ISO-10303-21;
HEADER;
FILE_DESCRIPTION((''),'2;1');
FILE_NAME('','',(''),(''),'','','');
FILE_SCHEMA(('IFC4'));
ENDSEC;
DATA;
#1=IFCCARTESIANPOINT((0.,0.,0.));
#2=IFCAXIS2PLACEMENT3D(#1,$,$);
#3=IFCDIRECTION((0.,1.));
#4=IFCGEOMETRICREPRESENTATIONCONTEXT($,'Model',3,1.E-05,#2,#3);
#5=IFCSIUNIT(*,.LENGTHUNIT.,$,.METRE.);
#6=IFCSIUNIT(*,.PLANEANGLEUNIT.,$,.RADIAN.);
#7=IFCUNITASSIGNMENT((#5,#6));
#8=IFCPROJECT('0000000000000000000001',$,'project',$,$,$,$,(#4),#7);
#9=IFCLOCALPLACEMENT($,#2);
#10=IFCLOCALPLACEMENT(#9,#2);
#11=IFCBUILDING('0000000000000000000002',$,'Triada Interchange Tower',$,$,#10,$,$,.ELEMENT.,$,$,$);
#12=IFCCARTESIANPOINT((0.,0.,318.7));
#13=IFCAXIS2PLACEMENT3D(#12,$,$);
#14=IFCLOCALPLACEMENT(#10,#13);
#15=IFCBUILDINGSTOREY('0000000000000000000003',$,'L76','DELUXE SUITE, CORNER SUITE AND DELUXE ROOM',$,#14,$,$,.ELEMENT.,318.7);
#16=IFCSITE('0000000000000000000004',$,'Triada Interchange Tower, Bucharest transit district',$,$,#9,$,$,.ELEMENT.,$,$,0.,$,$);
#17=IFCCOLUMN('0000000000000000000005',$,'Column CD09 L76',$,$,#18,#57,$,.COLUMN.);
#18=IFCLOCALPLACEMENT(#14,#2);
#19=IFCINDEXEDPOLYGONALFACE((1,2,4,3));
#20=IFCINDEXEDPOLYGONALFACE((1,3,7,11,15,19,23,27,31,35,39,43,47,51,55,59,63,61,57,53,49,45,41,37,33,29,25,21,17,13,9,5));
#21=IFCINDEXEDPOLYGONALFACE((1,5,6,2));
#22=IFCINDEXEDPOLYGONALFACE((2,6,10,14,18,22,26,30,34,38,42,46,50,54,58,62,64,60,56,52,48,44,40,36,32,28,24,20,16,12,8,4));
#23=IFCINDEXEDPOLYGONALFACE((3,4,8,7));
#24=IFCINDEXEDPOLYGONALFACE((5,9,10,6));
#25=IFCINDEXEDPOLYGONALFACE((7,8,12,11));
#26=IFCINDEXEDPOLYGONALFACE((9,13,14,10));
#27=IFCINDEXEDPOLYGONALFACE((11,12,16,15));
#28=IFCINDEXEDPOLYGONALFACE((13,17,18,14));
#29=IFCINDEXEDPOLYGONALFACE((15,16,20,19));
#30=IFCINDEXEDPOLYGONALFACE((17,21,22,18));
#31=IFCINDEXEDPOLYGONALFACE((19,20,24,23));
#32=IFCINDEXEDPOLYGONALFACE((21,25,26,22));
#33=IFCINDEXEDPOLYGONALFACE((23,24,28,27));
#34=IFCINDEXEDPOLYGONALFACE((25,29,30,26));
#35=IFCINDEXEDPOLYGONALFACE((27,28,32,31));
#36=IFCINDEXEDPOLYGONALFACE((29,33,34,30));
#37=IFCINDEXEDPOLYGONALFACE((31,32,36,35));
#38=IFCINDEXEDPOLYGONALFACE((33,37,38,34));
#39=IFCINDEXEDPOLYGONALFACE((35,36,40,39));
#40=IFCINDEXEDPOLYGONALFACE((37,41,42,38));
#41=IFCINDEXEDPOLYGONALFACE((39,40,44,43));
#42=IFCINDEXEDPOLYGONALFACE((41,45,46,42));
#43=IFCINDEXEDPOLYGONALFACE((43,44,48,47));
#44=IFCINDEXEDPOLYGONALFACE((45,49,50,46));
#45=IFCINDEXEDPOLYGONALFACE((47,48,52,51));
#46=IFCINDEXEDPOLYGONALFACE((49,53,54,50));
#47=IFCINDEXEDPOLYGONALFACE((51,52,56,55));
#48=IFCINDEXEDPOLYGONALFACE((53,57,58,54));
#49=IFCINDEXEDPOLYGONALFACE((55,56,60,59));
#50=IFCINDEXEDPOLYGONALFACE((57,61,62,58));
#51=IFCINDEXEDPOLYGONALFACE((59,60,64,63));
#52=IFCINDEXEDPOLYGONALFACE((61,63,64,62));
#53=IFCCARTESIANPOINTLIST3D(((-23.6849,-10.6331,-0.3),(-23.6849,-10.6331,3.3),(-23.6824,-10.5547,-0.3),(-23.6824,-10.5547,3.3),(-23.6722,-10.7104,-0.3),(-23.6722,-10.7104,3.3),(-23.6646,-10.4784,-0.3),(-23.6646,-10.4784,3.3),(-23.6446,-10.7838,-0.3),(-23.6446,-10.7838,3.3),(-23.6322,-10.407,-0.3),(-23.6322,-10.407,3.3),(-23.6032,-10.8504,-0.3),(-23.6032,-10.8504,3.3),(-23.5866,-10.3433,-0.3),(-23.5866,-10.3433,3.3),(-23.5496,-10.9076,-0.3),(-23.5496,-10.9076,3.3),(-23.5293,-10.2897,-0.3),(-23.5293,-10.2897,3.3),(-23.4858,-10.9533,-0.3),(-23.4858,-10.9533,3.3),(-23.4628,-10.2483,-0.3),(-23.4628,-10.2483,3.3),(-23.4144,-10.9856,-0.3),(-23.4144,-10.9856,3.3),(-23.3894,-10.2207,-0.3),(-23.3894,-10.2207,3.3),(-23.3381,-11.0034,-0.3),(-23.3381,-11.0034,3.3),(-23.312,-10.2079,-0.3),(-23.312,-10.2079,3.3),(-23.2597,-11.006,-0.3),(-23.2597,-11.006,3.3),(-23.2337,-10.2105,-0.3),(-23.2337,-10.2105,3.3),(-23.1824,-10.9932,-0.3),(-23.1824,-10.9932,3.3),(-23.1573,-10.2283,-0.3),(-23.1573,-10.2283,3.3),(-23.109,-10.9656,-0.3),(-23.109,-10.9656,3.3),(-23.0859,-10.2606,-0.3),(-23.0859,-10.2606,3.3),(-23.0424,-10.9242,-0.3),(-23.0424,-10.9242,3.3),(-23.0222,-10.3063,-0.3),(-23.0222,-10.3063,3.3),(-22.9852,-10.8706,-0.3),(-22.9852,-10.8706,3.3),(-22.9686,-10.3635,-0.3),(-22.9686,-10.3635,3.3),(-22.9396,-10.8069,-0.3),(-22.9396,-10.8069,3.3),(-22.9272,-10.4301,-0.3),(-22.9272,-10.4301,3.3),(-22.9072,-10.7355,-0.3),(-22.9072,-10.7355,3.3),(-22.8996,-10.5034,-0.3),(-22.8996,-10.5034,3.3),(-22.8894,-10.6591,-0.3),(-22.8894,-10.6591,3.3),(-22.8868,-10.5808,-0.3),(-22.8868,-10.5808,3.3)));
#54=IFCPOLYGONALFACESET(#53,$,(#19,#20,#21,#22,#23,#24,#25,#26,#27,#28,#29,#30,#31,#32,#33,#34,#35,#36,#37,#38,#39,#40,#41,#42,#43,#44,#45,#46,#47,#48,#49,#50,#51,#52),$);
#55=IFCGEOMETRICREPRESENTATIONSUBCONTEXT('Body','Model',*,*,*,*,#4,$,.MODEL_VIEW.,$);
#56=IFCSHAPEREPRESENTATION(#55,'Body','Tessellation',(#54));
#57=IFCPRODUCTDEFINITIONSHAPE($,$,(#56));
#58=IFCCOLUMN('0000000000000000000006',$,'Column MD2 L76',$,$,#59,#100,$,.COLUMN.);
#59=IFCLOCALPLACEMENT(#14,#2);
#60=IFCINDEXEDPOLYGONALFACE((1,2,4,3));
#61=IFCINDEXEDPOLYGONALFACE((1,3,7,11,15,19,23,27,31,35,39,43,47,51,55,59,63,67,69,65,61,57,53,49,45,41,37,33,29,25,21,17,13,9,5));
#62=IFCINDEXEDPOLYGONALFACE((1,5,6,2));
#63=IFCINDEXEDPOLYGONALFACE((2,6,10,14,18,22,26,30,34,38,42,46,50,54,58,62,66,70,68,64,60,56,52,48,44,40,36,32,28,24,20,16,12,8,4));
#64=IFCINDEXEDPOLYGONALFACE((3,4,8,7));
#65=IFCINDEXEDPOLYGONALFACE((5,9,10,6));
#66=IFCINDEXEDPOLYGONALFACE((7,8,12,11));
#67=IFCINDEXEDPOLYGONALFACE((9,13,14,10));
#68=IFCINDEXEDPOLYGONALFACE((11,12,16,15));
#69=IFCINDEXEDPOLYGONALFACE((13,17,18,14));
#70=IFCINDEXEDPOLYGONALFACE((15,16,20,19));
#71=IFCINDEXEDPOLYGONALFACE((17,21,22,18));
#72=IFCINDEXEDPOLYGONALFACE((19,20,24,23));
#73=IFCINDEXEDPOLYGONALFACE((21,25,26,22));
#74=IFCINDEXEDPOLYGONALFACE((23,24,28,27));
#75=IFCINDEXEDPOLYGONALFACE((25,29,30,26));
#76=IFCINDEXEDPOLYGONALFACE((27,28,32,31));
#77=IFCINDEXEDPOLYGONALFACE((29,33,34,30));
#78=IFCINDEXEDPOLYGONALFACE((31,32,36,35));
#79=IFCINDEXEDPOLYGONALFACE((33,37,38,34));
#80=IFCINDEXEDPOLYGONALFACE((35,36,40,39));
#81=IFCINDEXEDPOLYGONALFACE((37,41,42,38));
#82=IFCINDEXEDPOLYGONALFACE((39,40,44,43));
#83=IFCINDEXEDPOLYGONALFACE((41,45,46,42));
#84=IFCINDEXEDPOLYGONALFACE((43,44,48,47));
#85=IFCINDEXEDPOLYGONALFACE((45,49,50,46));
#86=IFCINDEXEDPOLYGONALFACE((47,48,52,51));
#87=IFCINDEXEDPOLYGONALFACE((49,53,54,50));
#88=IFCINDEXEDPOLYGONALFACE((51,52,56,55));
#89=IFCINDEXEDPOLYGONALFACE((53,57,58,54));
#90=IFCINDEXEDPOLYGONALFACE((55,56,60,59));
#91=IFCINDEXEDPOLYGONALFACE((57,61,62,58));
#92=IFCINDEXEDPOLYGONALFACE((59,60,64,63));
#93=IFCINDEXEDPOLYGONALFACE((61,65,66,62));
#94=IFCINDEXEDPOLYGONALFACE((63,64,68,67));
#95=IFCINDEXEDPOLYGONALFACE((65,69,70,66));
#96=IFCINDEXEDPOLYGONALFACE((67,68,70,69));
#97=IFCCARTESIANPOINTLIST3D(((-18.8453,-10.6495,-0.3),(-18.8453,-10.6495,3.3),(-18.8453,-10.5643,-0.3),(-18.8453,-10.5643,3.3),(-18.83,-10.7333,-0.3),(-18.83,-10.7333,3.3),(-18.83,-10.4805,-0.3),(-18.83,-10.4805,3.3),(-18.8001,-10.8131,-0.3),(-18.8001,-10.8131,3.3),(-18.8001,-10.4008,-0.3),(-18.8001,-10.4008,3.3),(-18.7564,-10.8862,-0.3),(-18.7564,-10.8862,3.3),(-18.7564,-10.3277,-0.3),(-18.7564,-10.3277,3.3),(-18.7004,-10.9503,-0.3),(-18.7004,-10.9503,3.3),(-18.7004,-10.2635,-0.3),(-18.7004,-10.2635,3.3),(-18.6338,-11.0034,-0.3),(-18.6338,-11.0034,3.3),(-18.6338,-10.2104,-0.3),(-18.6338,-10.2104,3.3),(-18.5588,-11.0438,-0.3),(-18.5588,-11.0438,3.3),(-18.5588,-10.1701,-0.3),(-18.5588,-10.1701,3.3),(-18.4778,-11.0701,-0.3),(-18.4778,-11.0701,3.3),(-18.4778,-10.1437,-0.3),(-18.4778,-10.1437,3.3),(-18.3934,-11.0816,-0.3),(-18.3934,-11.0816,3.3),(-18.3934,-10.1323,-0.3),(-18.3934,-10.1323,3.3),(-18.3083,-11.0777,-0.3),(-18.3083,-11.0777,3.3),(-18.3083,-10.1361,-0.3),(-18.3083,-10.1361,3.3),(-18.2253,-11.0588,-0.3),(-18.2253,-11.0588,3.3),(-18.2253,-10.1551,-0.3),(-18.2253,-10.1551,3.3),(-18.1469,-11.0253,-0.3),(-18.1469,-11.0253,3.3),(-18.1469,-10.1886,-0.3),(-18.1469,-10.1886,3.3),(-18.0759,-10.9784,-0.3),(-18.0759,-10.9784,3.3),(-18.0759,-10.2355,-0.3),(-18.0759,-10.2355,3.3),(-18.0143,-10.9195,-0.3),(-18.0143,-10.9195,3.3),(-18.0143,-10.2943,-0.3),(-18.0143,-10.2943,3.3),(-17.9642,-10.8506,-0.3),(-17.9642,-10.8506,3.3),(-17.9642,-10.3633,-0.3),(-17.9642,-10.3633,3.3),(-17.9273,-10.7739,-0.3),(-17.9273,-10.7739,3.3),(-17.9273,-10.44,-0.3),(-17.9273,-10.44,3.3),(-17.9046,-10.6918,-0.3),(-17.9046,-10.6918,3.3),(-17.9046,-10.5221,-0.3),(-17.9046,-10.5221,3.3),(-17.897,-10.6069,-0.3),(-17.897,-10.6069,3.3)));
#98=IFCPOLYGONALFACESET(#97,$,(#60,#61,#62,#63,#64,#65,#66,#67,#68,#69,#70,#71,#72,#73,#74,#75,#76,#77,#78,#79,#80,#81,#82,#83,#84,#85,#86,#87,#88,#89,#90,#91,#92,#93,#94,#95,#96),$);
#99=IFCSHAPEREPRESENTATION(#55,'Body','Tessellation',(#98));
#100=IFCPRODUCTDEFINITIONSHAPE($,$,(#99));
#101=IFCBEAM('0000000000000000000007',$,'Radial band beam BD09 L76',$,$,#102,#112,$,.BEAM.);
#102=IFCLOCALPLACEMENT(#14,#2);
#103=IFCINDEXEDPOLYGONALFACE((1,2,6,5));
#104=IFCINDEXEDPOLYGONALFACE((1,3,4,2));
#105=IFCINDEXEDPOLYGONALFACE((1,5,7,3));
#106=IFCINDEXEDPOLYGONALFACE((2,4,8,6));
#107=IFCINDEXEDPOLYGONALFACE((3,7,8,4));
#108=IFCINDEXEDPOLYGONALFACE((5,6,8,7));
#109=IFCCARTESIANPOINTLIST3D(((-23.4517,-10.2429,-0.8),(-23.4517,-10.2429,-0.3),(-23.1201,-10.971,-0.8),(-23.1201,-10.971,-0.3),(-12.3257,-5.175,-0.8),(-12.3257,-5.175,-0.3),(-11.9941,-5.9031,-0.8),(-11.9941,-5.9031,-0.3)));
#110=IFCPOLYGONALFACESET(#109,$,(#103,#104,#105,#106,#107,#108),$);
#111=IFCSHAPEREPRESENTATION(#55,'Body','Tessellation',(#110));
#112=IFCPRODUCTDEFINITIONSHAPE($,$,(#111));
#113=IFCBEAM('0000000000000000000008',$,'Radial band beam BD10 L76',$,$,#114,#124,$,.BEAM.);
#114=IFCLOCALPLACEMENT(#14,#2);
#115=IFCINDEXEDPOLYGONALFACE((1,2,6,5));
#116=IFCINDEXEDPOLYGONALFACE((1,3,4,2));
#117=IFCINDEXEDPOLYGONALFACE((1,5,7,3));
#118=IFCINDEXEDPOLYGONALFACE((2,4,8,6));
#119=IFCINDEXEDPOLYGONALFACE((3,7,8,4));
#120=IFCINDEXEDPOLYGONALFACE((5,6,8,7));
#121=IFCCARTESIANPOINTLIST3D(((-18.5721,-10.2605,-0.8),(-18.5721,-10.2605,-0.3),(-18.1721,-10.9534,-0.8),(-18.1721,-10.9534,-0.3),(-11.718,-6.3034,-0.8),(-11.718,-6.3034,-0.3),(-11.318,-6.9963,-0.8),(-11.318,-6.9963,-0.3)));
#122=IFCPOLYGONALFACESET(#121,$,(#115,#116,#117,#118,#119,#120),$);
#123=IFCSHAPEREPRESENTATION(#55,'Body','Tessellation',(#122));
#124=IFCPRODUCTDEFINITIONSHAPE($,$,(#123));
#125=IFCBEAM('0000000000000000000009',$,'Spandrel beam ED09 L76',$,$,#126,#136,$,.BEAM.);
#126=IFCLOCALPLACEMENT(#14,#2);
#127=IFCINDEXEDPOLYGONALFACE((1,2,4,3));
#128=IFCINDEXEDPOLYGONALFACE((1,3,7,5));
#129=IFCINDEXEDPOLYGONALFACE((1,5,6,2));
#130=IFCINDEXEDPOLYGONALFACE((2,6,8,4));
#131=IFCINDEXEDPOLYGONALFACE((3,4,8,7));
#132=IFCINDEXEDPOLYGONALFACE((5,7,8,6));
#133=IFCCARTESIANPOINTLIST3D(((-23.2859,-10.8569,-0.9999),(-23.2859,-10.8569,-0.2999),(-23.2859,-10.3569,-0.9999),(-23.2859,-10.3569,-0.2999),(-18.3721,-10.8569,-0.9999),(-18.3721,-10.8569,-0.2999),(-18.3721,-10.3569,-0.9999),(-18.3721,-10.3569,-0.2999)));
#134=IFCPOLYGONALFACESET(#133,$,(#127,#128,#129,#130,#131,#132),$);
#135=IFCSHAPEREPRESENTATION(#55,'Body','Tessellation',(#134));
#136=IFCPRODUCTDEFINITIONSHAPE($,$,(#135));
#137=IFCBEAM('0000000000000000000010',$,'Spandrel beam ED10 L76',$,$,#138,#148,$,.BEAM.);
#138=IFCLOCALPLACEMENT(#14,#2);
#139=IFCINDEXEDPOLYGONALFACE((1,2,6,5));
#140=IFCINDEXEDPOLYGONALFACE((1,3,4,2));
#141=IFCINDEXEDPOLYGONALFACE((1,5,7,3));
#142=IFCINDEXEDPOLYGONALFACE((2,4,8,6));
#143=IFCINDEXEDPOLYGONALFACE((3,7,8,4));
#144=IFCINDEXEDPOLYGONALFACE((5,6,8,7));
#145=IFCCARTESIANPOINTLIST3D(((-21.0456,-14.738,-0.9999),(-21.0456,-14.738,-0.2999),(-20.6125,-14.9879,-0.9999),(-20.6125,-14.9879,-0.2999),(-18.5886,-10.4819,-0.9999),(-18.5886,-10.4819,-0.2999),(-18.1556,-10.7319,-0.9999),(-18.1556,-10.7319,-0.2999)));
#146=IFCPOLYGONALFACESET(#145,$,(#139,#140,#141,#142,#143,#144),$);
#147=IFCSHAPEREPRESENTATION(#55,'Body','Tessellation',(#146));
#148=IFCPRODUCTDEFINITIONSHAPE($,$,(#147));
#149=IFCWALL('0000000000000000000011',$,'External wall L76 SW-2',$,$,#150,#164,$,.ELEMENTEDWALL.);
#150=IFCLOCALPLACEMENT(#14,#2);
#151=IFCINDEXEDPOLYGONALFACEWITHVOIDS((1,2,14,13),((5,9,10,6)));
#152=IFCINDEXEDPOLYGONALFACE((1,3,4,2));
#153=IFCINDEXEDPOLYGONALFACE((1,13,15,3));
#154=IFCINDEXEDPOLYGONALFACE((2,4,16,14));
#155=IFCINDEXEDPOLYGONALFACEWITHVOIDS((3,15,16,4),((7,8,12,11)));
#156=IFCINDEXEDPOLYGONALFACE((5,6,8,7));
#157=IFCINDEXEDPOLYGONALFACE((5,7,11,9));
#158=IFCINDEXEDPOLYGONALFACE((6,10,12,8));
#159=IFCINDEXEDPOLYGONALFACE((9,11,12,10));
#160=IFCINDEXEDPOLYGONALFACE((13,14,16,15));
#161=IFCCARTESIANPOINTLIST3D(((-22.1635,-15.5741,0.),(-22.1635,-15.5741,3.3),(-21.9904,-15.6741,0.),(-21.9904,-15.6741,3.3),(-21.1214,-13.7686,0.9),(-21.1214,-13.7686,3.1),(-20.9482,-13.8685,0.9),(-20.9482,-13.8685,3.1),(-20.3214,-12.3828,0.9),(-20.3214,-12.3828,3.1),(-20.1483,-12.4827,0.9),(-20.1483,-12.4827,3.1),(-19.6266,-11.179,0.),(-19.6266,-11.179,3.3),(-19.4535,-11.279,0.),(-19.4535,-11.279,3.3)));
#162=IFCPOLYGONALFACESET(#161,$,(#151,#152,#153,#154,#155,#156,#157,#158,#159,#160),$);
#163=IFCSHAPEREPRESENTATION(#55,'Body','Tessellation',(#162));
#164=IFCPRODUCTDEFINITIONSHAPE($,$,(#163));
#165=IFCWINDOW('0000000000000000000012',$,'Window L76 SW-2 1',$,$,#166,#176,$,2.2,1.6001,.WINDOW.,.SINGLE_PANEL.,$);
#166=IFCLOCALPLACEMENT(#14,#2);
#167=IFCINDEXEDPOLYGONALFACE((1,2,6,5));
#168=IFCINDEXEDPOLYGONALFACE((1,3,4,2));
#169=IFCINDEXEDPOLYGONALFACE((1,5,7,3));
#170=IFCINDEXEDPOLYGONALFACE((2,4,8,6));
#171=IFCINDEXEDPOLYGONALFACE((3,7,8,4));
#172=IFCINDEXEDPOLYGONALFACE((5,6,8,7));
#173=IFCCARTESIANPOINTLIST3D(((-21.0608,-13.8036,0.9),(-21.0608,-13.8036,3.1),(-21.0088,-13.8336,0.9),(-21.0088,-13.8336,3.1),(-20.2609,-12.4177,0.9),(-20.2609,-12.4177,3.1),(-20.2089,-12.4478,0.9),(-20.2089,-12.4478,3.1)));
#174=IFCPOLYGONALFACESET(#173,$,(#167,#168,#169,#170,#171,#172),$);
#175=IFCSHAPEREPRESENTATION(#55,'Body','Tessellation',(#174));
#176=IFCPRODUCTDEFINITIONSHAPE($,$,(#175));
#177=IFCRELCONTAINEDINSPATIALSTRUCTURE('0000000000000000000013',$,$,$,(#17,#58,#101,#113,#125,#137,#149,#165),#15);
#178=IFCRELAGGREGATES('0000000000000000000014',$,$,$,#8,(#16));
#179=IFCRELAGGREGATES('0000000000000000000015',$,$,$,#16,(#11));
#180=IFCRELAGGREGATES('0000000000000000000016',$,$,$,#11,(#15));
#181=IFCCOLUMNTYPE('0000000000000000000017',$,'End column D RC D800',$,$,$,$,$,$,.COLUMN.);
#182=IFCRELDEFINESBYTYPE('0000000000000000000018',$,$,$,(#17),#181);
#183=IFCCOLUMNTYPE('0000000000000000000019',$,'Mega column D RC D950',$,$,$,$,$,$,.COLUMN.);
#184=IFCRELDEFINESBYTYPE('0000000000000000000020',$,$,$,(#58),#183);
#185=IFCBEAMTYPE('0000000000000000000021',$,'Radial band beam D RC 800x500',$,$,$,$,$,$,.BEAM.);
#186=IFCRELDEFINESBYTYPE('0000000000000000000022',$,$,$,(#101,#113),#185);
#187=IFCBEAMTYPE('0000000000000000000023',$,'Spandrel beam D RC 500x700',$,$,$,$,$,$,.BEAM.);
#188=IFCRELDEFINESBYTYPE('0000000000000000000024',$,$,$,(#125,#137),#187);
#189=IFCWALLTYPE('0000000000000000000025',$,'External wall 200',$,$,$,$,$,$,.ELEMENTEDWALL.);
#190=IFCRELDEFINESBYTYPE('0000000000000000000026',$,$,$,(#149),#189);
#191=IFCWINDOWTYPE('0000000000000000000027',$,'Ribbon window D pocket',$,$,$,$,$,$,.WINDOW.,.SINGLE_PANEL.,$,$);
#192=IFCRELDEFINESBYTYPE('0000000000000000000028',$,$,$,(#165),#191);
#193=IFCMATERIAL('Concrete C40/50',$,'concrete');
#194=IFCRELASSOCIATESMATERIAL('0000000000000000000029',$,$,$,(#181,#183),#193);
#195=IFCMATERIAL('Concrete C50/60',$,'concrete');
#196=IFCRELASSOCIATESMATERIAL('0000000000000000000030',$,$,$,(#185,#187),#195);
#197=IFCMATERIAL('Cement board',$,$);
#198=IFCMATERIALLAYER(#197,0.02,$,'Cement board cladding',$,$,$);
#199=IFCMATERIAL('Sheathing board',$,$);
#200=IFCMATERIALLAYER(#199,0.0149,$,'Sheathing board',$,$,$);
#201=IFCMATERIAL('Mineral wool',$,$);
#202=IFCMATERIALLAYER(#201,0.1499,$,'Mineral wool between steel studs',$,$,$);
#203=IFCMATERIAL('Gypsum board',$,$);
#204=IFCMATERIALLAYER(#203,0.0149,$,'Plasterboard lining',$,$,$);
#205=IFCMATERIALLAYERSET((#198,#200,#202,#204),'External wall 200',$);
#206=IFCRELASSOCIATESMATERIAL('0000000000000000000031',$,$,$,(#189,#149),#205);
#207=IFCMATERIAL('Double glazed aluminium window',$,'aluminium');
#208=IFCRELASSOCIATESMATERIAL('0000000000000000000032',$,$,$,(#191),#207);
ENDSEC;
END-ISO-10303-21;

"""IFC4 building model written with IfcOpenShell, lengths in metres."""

from ifc_helpers import new_model, si_unit, direction, frame, frame_2d, origin, origin_2d, place, context, subcontext, project, spatial, rectangle, circle, extrude, material, layer, layer_set, layer_usage, material_profile, profile_set, type_object, element, fill, save


model = new_model("IFC4")

# Units and contexts
model_context = context("Model", 3, precision=1e-05, world=origin(), true_north=direction((0.0, 1.0)))
body_context = subcontext(model_context, "Body", "Model", "MODEL_VIEW")
ifc_project = project(units=[si_unit("LENGTHUNIT", "METRE"), si_unit("PLANEANGLEUNIT", "RADIAN")], contexts=[model_context])

# Site, building, storey
site_placement = place(None, origin())
site = spatial("IfcSite", under=ifc_project, at=site_placement, Name="Triada Interchange Tower, Bucharest transit district", CompositionType="ELEMENT", RefElevation=0.0)
building_placement = place(site_placement, origin())
building = spatial("IfcBuilding", under=site, at=building_placement, Name="Triada Interchange Tower", CompositionType="ELEMENT")
storey_placement = place(building_placement, frame((0.0, 0.0, 318.7)))
storey = spatial("IfcBuildingStorey", under=building, at=storey_placement, Name="L76", Description="DELUXE SUITE, CORNER SUITE AND DELUXE ROOM", CompositionType="ELEMENT", Elevation=318.7)

# Columns
ifc_material_1 = material(Name="Concrete C40/50", Category="concrete")
ifc_material_profile_1 = material_profile(ifc_material_1, circle(Radius=0.3999, at=origin_2d()), Name="RC D800")
ifc_profile_set_1 = profile_set([ifc_material_profile_1], Name="Concrete C40/50")
column_type_1 = type_object("IfcColumnType", Name="End column D RC D800", PredefinedType="COLUMN", material=ifc_profile_set_1)
column_1_placement = place(storey_placement, frame((-23.2859, -10.6069, -0.3), z_axis=(0.0, 0.0, 1.0), x_axis=(0.5, 0.866025, 0.0)))
element("IfcColumn", 1, at=column_1_placement, inside=storey, type_object=column_type_1, Name="Column CD09 L76", PredefinedType="COLUMN", context=body_context, shape_type="SweptSolid", body=[
    extrude(circle(Radius=0.3999, at=origin_2d()), origin(), (0.0, 0.0, 1.0), 3.6001),
])
ifc_material_profile_2 = material_profile(ifc_material_1, circle(Radius=0.4751, at=origin_2d()), Name="RC D950")
ifc_profile_set_2 = profile_set([ifc_material_profile_2], Name="Concrete C40/50")
column_type_2 = type_object("IfcColumnType", Name="Mega column D RC D950", PredefinedType="COLUMN", material=ifc_profile_set_2)
column_2_placement = place(storey_placement, frame((-18.3721, -10.6069, -0.3), z_axis=(0.0, 0.0, 1.0), x_axis=(1.0, 0.0, 0.0)))
element("IfcColumn", 2, at=column_2_placement, inside=storey, type_object=column_type_2, Name="Column MD2 L76", PredefinedType="COLUMN", context=body_context, shape_type="SweptSolid", body=[
    extrude(circle(Radius=0.4751, at=origin_2d()), origin(), (0.0, 0.0, 1.0), 3.6001),
])

# Beams
ifc_material_2 = material(Name="Concrete C50/60", Category="concrete")
ifc_material_profile_3 = material_profile(ifc_material_2, rectangle(XDim=0.8, YDim=0.5, at=origin_2d()), Name="RC 800x500")
ifc_profile_set_3 = profile_set([ifc_material_profile_3], Name="Concrete C50/60")
beam_type_1 = type_object("IfcBeamType", Name="Radial band beam D RC 800x500", PredefinedType="BEAM", material=ifc_profile_set_3)
beam_1_placement = place(storey_placement, frame((-23.2859, -10.6069, -0.55), z_axis=(0.910039, 0.414522, 0.0), x_axis=(-0.414522, 0.910039, 0.0)))
element("IfcBeam", 3, at=beam_1_placement, inside=storey, type_object=beam_type_1, Name="Radial band beam BD09 L76", PredefinedType="BEAM", context=body_context, shape_type="SweptSolid", body=[
    extrude(rectangle(XDim=0.8, YDim=0.5, at=origin_2d()), origin(), (0.0, 0.0, 1.0), 12.2258),
])
beam_2_placement = place(storey_placement, frame((-18.3721, -10.6069, -0.55), z_axis=(0.866033, 0.499988, 0.0), x_axis=(-0.499988, 0.866033, 0.0)))
element("IfcBeam", 4, at=beam_2_placement, inside=storey, type_object=beam_type_1, Name="Radial band beam BD10 L76", PredefinedType="BEAM", context=body_context, shape_type="SweptSolid", body=[
    extrude(rectangle(XDim=0.8, YDim=0.5, at=origin_2d()), origin(), (0.0, 0.0, 1.0), 7.9143),
])
ifc_material_profile_4 = material_profile(ifc_material_2, rectangle(XDim=0.5, YDim=0.7, at=origin_2d()), Name="RC 500x700")
ifc_profile_set_4 = profile_set([ifc_material_profile_4], Name="Concrete C50/60")
beam_type_2 = type_object("IfcBeamType", Name="Spandrel beam D RC 500x700", PredefinedType="BEAM", material=ifc_profile_set_4)
beam_3_placement = place(storey_placement, frame((-23.2859, -10.6069, -0.6499), z_axis=(1.0, 0.0, 0.0), x_axis=(0.0, 1.0, 0.0)))
element("IfcBeam", 5, at=beam_3_placement, inside=storey, type_object=beam_type_2, Name="Spandrel beam ED09 L76", PredefinedType="BEAM", context=body_context, shape_type="SweptSolid", body=[
    extrude(rectangle(XDim=0.5, YDim=0.7, at=origin_2d()), origin(), (0.0, 0.0, 1.0), 4.9138),
])
beam_4_placement = place(storey_placement, frame((-18.3721, -10.6069, -0.6499), z_axis=(-0.499965, -0.866046, 0.0), x_axis=(0.866046, -0.499965, 0.0)))
element("IfcBeam", 6, at=beam_4_placement, inside=storey, type_object=beam_type_2, Name="Spandrel beam ED10 L76", PredefinedType="BEAM", context=body_context, shape_type="SweptSolid", body=[
    extrude(rectangle(XDim=0.5, YDim=0.7, at=origin_2d()), origin(), (0.0, 0.0, 1.0), 4.9143),
])

# Wall, opening, window
ifc_material_3 = material(Name="Cement board")
ifc_layer_1 = layer(ifc_material_3, 0.02, Name="Cement board cladding")
ifc_material_4 = material(Name="Sheathing board")
ifc_layer_2 = layer(ifc_material_4, 0.0149, Name="Sheathing board")
ifc_material_5 = material(Name="Mineral wool")
ifc_layer_3 = layer(ifc_material_5, 0.1499, Name="Mineral wool between steel studs")
ifc_material_6 = material(Name="Gypsum board")
ifc_layer_4 = layer(ifc_material_6, 0.0149, Name="Plasterboard lining")
ifc_layer_set_1 = layer_set([ifc_layer_1, ifc_layer_2, ifc_layer_3, ifc_layer_4], Name="External wall 200")
ifc_layer_usage = layer_usage(ifc_layer_set_1, "AXIS2", "POSITIVE", -0.1001)
wall_type_1 = type_object("IfcWallType", Name="External wall 200", PredefinedType="ELEMENTEDWALL", material=ifc_layer_set_1)
wall_1_placement = place(storey_placement, frame((-19.54, -11.229, 0.0), z_axis=(0.0, 0.0, 1.0), x_axis=(-0.499911, -0.866077, 0.0)))
wall_1 = element("IfcWall", 7, at=wall_1_placement, inside=storey, type_object=wall_type_1, material=ifc_layer_usage, Name="External wall L76 SW-2", PredefinedType="ELEMENTEDWALL", context=body_context, shape_type="SweptSolid", body=[
    extrude(rectangle(XDim=5.0747, YDim=0.2, at=frame_2d((2.5374, 0.0))), origin(), (0.0, 0.0, 1.0), 3.3),
])
opening_1_placement = place(wall_1_placement, frame((1.3899, 0.0, 0.8999)))
opening_1 = element("IfcOpeningElement", 8, at=opening_1_placement, cuts=wall_1, PredefinedType="OPENING", context=body_context, shape_type="SweptSolid", body=[
    extrude(rectangle(XDim=1.6001, YDim=2.2, at=frame_2d((0.8, 1.1001))), frame((0.0, 0.1099, 0.0), z_axis=(0.0, -1.0, 0.0), x_axis=(1.0, 0.0, 0.0)), (0.0, 0.0, 1.0), 0.22),
])
ifc_material_7 = material(Name="Double glazed aluminium window", Category="aluminium")
window_type = type_object("IfcWindowType", Name="Ribbon window D pocket", PartitioningType="SINGLE_PANEL", PredefinedType="WINDOW", material=ifc_material_7)
window_placement = place(opening_1_placement, origin())
window = element("IfcWindow", 9, at=window_placement, inside=storey, type_object=window_type, Name="Window L76 SW-2 1", OverallHeight=2.2, OverallWidth=1.6001, PartitioningType="SINGLE_PANEL", PredefinedType="WINDOW", context=body_context, shape_type="SweptSolid", body=[
    extrude(rectangle(XDim=1.6001, YDim=2.2, at=frame_2d((0.8, 1.1001))), frame((0.0, 0.03, 0.0), z_axis=(0.0, -1.0, 0.0), x_axis=(1.0, 0.0, 0.0)), (0.0, 0.0, 1.0), 0.0601),
])
fill(opening_1, window)

save(model, "model.ifc")
